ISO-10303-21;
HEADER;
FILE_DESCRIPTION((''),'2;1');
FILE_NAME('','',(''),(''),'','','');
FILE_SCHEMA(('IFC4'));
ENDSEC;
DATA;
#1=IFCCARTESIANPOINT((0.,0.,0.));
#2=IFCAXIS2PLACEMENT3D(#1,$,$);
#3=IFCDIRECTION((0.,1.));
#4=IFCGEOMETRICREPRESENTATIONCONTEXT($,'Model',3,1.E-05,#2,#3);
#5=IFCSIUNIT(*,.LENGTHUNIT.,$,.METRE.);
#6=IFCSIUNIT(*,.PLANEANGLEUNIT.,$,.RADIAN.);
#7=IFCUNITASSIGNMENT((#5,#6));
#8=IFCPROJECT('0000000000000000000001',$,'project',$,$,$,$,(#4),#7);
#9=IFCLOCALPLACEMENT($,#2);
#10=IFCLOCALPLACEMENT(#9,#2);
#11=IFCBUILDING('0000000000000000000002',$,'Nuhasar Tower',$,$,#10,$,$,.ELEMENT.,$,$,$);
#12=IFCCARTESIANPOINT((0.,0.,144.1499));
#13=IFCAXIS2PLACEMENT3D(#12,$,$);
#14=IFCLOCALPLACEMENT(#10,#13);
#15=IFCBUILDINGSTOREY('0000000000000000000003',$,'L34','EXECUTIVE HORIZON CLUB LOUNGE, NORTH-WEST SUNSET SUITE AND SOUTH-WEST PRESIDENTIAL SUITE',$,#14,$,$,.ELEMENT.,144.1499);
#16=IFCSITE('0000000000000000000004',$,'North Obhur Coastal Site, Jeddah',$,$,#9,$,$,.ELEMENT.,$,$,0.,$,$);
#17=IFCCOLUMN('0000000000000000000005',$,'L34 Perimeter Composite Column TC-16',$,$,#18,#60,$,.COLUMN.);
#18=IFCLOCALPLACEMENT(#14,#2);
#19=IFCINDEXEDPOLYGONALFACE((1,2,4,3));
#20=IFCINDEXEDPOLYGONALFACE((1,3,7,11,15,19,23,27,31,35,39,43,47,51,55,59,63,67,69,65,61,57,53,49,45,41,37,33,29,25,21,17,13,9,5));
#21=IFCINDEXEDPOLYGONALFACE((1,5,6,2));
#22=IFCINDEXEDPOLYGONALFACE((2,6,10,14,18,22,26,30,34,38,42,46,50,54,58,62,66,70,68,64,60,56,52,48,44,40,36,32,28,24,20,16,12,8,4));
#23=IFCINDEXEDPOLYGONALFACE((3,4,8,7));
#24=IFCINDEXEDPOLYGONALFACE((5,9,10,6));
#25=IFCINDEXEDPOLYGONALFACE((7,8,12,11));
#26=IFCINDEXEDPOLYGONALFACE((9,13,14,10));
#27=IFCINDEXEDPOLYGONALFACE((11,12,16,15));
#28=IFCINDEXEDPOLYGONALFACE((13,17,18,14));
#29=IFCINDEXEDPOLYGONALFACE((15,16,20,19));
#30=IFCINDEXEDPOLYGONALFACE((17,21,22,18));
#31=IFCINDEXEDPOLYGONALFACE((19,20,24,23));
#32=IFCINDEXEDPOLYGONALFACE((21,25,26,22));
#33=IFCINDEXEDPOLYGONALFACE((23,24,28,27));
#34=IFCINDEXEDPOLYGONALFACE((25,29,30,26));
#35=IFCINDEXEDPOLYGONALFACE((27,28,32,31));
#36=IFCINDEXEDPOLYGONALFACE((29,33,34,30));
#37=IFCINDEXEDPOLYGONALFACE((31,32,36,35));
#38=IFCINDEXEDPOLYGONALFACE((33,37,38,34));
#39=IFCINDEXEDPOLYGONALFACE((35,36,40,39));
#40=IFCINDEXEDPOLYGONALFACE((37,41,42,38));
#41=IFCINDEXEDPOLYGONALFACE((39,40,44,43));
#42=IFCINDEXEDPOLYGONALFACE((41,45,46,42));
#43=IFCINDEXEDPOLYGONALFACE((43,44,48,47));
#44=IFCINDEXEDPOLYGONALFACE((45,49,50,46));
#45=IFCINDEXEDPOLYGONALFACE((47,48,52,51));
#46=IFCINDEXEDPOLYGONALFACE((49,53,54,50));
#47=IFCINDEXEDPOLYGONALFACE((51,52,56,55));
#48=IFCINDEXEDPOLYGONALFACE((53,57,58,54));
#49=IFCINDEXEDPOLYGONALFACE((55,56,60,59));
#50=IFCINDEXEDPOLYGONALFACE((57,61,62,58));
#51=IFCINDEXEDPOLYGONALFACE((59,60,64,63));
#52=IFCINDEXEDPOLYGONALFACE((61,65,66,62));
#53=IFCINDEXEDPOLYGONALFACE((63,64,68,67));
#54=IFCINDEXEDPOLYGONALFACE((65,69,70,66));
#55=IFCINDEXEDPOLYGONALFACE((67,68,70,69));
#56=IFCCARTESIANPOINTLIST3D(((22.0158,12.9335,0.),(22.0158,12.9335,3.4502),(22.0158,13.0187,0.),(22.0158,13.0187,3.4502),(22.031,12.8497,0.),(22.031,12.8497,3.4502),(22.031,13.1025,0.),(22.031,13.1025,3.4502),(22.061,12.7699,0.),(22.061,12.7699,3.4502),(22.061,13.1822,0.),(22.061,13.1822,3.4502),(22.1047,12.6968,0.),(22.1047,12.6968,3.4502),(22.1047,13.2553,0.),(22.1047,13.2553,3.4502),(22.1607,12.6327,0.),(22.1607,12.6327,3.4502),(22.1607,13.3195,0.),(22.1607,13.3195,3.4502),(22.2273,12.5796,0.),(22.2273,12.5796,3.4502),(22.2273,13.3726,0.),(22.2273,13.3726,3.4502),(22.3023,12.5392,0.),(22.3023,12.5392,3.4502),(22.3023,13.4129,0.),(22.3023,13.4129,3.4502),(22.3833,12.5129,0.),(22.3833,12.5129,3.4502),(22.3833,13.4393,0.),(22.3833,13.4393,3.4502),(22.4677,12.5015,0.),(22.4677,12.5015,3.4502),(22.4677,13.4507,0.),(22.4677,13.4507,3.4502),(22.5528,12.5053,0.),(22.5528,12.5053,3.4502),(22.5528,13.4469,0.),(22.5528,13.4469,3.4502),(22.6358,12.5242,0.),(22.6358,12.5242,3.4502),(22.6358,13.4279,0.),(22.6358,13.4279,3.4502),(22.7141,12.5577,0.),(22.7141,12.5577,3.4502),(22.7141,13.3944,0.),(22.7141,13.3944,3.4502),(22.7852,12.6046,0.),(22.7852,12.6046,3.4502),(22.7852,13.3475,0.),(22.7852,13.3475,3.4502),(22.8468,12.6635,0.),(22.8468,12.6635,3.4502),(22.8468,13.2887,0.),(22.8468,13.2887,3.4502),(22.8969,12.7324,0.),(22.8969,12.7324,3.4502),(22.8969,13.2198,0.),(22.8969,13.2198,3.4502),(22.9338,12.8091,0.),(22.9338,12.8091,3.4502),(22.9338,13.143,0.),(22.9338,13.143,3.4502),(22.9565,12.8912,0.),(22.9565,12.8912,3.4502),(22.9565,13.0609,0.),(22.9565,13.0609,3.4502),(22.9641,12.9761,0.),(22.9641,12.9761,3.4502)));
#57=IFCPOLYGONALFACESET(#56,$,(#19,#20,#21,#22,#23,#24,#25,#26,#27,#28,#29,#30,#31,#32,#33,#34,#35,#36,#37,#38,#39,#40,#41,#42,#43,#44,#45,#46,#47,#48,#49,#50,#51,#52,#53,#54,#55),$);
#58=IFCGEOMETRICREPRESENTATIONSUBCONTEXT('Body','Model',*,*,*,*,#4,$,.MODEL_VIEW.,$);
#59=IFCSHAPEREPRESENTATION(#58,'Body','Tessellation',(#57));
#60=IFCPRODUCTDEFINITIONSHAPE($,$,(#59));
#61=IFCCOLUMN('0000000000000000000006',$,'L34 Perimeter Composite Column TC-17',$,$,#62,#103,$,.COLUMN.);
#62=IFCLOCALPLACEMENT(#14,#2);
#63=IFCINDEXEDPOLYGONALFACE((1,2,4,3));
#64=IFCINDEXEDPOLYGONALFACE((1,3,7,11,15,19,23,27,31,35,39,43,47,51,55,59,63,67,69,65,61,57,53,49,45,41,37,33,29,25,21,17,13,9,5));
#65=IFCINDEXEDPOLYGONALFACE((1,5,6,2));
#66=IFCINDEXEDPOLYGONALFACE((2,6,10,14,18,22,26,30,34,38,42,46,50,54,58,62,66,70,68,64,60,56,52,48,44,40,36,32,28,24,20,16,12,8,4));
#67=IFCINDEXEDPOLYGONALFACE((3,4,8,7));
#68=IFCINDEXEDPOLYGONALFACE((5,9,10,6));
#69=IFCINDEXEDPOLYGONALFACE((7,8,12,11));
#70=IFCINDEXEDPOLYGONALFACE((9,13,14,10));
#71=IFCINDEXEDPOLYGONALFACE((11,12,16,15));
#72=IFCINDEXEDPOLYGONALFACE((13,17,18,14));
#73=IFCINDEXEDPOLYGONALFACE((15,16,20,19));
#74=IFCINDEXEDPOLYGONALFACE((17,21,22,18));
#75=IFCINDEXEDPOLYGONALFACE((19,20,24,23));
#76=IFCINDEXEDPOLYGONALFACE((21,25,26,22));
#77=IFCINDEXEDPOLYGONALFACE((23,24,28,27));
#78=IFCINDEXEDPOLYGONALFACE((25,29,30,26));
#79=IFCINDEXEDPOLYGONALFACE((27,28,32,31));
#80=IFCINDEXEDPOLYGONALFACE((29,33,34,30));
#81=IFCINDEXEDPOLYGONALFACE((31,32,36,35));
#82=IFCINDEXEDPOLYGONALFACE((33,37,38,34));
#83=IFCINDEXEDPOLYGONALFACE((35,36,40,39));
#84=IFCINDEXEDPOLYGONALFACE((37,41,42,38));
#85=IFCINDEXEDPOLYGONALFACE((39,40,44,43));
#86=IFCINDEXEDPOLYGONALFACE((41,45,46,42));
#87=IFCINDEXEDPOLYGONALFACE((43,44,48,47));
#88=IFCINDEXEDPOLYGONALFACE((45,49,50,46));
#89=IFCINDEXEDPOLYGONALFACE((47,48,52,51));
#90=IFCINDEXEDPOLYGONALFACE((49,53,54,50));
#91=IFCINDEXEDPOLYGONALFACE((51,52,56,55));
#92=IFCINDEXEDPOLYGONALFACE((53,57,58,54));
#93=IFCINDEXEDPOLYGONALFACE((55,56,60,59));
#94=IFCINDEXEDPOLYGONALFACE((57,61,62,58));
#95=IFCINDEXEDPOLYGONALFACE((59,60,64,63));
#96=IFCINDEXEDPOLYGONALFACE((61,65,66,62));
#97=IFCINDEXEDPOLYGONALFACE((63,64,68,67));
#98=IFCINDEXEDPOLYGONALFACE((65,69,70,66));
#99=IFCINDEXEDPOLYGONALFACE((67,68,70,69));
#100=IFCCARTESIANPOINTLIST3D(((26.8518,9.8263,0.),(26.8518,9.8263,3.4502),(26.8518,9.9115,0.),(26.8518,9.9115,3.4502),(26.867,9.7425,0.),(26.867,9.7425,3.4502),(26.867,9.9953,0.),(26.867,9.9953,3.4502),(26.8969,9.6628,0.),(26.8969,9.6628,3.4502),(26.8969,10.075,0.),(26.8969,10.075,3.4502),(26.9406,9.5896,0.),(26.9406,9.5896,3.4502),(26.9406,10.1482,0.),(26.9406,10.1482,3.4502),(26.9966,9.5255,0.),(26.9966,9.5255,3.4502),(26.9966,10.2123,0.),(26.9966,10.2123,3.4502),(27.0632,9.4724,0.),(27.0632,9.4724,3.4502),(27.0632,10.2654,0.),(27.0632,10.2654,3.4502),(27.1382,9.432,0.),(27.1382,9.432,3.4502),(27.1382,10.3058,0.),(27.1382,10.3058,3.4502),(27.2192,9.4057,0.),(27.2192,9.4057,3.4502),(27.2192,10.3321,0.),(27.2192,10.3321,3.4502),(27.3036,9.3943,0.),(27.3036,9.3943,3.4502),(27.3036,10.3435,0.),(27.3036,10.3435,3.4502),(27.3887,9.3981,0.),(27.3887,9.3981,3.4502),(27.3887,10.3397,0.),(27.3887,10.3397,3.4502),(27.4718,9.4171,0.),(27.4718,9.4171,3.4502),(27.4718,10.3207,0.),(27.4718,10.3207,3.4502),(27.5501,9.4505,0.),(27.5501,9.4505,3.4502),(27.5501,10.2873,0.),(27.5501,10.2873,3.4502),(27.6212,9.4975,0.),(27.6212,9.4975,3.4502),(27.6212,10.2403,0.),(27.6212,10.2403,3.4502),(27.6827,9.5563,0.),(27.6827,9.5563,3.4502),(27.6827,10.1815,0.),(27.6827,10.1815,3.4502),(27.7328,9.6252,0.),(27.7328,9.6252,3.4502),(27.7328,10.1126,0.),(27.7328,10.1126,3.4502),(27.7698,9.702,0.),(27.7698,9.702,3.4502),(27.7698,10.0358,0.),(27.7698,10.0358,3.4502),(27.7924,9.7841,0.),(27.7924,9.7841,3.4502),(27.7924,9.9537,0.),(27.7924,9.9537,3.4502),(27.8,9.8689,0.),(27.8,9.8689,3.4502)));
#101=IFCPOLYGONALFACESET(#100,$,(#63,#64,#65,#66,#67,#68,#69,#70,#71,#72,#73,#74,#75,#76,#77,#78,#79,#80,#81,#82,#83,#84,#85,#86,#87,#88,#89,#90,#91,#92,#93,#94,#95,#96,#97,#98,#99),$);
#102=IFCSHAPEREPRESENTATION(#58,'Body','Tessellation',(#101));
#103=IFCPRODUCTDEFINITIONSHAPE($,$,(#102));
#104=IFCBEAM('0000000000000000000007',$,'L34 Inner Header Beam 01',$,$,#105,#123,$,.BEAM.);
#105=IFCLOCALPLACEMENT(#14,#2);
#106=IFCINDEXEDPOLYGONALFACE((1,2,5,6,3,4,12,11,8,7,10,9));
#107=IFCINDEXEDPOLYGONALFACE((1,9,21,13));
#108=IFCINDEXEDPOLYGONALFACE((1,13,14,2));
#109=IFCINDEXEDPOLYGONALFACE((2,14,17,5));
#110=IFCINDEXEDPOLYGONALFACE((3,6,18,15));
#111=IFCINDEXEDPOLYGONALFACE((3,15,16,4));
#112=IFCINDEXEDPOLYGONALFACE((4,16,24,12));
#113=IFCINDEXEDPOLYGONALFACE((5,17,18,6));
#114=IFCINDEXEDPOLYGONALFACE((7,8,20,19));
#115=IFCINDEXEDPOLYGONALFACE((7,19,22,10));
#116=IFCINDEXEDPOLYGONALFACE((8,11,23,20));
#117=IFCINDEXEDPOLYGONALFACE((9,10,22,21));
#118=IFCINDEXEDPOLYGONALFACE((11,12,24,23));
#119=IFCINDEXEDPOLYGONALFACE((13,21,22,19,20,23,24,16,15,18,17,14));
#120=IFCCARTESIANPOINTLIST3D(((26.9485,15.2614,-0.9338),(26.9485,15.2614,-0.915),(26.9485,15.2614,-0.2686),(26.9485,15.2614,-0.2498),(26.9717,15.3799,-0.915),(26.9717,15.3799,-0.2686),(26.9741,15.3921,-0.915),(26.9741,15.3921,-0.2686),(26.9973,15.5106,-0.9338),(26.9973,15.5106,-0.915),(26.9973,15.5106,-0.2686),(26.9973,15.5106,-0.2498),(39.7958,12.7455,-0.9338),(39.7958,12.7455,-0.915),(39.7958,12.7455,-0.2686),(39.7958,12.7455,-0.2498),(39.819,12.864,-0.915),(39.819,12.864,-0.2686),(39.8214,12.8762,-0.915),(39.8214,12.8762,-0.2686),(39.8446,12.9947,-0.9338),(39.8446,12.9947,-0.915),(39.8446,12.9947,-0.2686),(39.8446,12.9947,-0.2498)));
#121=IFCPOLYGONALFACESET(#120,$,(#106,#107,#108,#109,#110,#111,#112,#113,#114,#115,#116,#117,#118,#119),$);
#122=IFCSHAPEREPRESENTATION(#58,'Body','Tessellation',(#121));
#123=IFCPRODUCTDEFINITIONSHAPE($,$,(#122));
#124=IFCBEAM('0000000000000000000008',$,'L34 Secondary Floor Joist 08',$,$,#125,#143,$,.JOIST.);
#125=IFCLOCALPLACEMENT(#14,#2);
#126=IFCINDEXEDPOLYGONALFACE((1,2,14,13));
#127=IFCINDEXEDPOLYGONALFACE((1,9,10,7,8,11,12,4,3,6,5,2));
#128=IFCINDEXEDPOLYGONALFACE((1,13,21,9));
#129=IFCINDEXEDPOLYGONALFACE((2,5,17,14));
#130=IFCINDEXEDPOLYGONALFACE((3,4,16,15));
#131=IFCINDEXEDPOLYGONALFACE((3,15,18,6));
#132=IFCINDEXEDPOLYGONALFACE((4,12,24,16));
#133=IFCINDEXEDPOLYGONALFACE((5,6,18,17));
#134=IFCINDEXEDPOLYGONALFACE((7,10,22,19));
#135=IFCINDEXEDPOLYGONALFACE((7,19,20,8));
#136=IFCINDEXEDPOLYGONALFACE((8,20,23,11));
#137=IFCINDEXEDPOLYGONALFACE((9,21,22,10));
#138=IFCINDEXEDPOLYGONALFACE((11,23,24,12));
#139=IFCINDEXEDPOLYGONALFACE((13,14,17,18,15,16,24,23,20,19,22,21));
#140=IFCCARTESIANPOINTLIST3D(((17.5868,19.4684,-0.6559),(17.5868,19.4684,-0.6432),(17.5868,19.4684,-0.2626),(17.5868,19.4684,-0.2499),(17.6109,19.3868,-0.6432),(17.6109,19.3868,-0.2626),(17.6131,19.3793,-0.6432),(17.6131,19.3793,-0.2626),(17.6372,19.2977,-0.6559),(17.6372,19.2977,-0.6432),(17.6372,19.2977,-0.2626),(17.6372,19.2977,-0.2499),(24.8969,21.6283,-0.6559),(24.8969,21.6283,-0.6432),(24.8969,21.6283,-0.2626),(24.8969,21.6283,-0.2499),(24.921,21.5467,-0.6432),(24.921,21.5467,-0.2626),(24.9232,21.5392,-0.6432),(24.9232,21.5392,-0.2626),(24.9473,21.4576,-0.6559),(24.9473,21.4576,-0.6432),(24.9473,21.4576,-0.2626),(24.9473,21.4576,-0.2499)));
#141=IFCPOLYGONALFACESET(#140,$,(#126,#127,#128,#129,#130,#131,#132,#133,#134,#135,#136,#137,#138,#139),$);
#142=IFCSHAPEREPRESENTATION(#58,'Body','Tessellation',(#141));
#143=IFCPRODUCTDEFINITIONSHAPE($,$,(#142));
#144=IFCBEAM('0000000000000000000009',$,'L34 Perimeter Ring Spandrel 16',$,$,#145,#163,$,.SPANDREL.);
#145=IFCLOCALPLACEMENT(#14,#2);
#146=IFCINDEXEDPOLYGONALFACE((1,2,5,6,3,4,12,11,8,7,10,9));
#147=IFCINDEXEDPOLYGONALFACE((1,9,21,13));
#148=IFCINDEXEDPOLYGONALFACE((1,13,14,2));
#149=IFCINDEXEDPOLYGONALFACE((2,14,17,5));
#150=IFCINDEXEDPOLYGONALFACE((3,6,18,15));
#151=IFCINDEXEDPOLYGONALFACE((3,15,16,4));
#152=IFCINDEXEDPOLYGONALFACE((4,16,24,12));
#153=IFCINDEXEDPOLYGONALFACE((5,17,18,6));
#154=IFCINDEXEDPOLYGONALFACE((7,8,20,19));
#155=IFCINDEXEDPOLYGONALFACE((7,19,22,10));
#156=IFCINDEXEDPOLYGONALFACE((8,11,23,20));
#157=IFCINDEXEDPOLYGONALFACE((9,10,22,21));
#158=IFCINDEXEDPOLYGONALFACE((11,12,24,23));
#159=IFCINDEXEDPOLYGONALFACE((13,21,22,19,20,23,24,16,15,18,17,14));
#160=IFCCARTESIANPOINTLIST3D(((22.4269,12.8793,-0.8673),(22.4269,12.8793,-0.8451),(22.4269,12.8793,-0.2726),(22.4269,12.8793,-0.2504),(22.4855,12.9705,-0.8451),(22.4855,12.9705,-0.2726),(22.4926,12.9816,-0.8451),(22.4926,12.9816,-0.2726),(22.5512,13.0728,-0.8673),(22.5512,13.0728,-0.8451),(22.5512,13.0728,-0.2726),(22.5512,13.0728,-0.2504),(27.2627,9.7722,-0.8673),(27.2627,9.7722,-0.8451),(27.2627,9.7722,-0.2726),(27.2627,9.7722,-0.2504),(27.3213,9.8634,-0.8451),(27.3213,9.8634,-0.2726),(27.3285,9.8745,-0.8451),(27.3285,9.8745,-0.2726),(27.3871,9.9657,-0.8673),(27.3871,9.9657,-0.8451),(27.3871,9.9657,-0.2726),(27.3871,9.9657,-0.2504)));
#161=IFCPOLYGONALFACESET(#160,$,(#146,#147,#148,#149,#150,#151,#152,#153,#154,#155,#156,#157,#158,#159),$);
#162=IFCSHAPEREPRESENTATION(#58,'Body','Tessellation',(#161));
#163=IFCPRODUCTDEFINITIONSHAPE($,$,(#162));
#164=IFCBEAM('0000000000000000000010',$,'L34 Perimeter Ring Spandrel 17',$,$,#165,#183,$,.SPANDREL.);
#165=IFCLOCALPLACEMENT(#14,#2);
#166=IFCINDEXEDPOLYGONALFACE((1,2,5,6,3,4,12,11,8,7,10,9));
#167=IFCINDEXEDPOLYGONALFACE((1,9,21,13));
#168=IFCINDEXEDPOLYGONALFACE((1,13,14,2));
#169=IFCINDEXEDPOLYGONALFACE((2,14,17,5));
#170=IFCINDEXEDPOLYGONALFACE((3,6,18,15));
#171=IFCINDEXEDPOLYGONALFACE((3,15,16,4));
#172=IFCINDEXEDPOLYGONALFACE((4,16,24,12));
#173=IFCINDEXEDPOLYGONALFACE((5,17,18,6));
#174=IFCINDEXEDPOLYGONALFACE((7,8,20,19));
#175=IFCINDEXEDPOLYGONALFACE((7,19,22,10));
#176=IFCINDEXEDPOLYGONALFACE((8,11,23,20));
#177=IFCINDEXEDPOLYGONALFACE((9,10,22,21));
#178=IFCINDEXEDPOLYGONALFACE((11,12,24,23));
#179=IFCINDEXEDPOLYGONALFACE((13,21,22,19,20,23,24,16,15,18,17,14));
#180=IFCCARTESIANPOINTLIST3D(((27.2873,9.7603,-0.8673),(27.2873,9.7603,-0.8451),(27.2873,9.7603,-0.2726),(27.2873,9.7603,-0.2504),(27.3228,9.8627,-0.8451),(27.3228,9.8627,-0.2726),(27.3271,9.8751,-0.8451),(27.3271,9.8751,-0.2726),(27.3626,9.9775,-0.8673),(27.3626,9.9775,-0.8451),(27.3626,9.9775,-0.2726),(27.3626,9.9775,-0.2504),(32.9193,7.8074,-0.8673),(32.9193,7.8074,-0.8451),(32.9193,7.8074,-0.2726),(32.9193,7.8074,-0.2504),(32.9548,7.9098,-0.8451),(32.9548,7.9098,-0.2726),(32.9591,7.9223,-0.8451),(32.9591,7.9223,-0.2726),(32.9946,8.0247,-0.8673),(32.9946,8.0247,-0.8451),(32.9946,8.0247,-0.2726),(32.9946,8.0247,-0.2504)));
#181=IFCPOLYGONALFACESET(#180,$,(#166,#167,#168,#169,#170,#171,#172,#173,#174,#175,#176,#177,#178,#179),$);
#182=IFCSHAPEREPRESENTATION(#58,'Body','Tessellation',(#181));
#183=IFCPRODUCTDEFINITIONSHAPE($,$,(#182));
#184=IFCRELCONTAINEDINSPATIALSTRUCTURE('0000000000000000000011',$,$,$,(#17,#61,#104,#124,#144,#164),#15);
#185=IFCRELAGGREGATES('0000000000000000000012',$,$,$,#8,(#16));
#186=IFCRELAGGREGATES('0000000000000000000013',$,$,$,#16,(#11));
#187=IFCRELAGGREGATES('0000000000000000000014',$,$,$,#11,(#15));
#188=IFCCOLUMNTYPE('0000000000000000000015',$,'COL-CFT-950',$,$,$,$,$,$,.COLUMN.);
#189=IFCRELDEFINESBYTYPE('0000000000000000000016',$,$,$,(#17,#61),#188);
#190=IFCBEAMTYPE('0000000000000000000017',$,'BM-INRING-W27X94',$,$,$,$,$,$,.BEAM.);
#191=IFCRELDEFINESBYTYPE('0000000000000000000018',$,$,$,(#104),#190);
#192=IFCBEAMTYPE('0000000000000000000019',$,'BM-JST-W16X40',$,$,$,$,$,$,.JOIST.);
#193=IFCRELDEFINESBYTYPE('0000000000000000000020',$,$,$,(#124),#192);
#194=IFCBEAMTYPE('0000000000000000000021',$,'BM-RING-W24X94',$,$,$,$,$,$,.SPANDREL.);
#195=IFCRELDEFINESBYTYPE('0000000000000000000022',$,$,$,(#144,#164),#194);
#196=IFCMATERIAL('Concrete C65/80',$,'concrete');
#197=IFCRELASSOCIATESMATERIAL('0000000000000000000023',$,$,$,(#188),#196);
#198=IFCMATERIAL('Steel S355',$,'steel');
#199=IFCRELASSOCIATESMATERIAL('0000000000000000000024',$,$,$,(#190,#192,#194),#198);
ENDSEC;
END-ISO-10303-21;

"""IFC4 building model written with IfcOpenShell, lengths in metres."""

from ifc_helpers import new_model, si_unit, direction, frame, origin, origin_2d, place, context, subcontext, project, spatial, circle, i_section, extrude, material, material_profile, profile_set, type_object, element, save


model = new_model("IFC4")

# Units and contexts
model_context = context("Model", 3, precision=1e-05, world=origin(), true_north=direction((0.0, 1.0)))
body_context = subcontext(model_context, "Body", "Model", "MODEL_VIEW")
ifc_project = project(units=[si_unit("LENGTHUNIT", "METRE"), si_unit("PLANEANGLEUNIT", "RADIAN")], contexts=[model_context])

# Site, building, storey
site_placement = place(None, origin())
site = spatial("IfcSite", under=ifc_project, at=site_placement, Name="North Obhur Coastal Site, Jeddah", CompositionType="ELEMENT", RefElevation=0.0)
building_placement = place(site_placement, origin())
building = spatial("IfcBuilding", under=site, at=building_placement, Name="Nuhasar Tower", CompositionType="ELEMENT")
storey_placement = place(building_placement, frame((0.0, 0.0, 144.1499)))
storey = spatial("IfcBuildingStorey", under=building, at=storey_placement, Name="L34", Description="EXECUTIVE HORIZON CLUB LOUNGE, NORTH-WEST SUNSET SUITE AND SOUTH-WEST PRESIDENTIAL SUITE", CompositionType="ELEMENT", Elevation=144.1499)

# Columns
ifc_material_1 = material(Name="Concrete C65/80", Category="concrete")
ifc_material_profile_1 = material_profile(ifc_material_1, circle(Radius=0.4751, at=origin_2d()), Name="CFT950")
ifc_profile_set_1 = profile_set([ifc_material_profile_1], Name="Concrete C65/80")
column_type = type_object("IfcColumnType", Name="COL-CFT-950", PredefinedType="COLUMN", material=ifc_profile_set_1)
for number, where, z_axis, x_axis, name in (
    (1, (22.489, 12.9761, 0.0), (0.0, 0.0, 1.0), (1.0, 0.0, 0.0), "L34 Perimeter Composite Column TC-16"),
    (2, (27.325, 9.8689, 0.0), (0.0, 0.0, 1.0), (1.0, 0.0, 0.0), "L34 Perimeter Composite Column TC-17"),
):
    element("IfcColumn", number, at=place(storey_placement, frame(where, z_axis=z_axis, x_axis=x_axis)), inside=storey, type_object=column_type, Name=name, PredefinedType="COLUMN", context=body_context, shape_type="SweptSolid", body=[
        extrude(circle(Radius=0.4751, at=origin_2d()), origin(), (0.0, 0.0, 1.0), 3.4502),
    ])

# Beams
ifc_material_2 = material(Name="Steel S355", Category="steel")
ifc_material_profile_2 = material_profile(ifc_material_2, i_section(OverallWidth=0.2539, OverallDepth=0.6841, WebThickness=0.0125, FlangeThickness=0.0188, at=origin_2d()), Name="W27X94")
ifc_profile_set_2 = profile_set([ifc_material_profile_2], Name="Steel S355")
beam_type_1 = type_object("IfcBeamType", Name="BM-INRING-W27X94", PredefinedType="BEAM", material=ifc_profile_set_2)
beam_1_placement = place(storey_placement, frame((26.9729, 15.386, -0.5918), z_axis=(0.98136, -0.19218, 0.0), x_axis=(0.19218, 0.98136, 0.0)))
element("IfcBeam", 3, at=beam_1_placement, inside=storey, type_object=beam_type_1, Name="L34 Inner Header Beam 01", PredefinedType="BEAM", context=body_context, shape_type="SweptSolid", body=[
    extrude(i_section(OverallWidth=0.2539, OverallDepth=0.6841, WebThickness=0.0125, FlangeThickness=0.0188, at=origin_2d()), origin(), (0.0, 0.0, 1.0), 13.0913),
])
ifc_material_profile_3 = material_profile(ifc_material_2, i_section(OverallWidth=0.178, OverallDepth=0.406, WebThickness=0.0078, FlangeThickness=0.0127, at=origin_2d()), Name="W16X40")
ifc_profile_set_3 = profile_set([ifc_material_profile_3], Name="Steel S355")
beam_type_2 = type_object("IfcBeamType", Name="BM-JST-W16X40", PredefinedType="JOIST", material=ifc_profile_set_3)
beam_2_placement = place(storey_placement, frame((24.9221, 21.543, -0.4529), z_axis=(-0.959013, -0.283361, 0.0), x_axis=(0.283361, -0.959013, 0.0)))
element("IfcBeam", 4, at=beam_2_placement, inside=storey, type_object=beam_type_2, Name="L34 Secondary Floor Joist 08", PredefinedType="JOIST", context=body_context, shape_type="SweptSolid", body=[
    extrude(i_section(OverallWidth=0.178, OverallDepth=0.406, WebThickness=0.0078, FlangeThickness=0.0127, at=origin_2d()), origin(), (0.0, 0.0, 1.0), 7.6226),
])
ifc_material_profile_4 = material_profile(ifc_material_2, i_section(OverallWidth=0.23, OverallDepth=0.6169, WebThickness=0.0132, FlangeThickness=0.0222, at=origin_2d()), Name="W24X94")
ifc_profile_set_4 = profile_set([ifc_material_profile_4], Name="Steel S355")
beam_type_3 = type_object("IfcBeamType", Name="BM-RING-W24X94", PredefinedType="SPANDREL", material=ifc_profile_set_4)
beam_3_placement = place(storey_placement, frame((22.489, 12.9761, -0.5588), z_axis=(0.841308, -0.540556, 0.0), x_axis=(0.540556, 0.841308, 0.0)))
element("IfcBeam", 5, at=beam_3_placement, inside=storey, type_object=beam_type_3, Name="L34 Perimeter Ring Spandrel 16", PredefinedType="SPANDREL", context=body_context, shape_type="SweptSolid", body=[
    extrude(i_section(OverallWidth=0.23, OverallDepth=0.6169, WebThickness=0.0132, FlangeThickness=0.0222, at=origin_2d()), origin(), (0.0, 0.0, 1.0), 5.748),
])
beam_4_placement = place(storey_placement, frame((27.325, 9.8689, -0.5588), z_axis=(0.944814, -0.327607, 0.0), x_axis=(0.327607, 0.944814, 0.0)))
element("IfcBeam", 6, at=beam_4_placement, inside=storey, type_object=beam_type_3, Name="L34 Perimeter Ring Spandrel 17", PredefinedType="SPANDREL", context=body_context, shape_type="SweptSolid", body=[
    extrude(i_section(OverallWidth=0.23, OverallDepth=0.6169, WebThickness=0.0132, FlangeThickness=0.0222, at=origin_2d()), origin(), (0.0, 0.0, 1.0), 5.9609),
])

save(model, "model.ifc")
